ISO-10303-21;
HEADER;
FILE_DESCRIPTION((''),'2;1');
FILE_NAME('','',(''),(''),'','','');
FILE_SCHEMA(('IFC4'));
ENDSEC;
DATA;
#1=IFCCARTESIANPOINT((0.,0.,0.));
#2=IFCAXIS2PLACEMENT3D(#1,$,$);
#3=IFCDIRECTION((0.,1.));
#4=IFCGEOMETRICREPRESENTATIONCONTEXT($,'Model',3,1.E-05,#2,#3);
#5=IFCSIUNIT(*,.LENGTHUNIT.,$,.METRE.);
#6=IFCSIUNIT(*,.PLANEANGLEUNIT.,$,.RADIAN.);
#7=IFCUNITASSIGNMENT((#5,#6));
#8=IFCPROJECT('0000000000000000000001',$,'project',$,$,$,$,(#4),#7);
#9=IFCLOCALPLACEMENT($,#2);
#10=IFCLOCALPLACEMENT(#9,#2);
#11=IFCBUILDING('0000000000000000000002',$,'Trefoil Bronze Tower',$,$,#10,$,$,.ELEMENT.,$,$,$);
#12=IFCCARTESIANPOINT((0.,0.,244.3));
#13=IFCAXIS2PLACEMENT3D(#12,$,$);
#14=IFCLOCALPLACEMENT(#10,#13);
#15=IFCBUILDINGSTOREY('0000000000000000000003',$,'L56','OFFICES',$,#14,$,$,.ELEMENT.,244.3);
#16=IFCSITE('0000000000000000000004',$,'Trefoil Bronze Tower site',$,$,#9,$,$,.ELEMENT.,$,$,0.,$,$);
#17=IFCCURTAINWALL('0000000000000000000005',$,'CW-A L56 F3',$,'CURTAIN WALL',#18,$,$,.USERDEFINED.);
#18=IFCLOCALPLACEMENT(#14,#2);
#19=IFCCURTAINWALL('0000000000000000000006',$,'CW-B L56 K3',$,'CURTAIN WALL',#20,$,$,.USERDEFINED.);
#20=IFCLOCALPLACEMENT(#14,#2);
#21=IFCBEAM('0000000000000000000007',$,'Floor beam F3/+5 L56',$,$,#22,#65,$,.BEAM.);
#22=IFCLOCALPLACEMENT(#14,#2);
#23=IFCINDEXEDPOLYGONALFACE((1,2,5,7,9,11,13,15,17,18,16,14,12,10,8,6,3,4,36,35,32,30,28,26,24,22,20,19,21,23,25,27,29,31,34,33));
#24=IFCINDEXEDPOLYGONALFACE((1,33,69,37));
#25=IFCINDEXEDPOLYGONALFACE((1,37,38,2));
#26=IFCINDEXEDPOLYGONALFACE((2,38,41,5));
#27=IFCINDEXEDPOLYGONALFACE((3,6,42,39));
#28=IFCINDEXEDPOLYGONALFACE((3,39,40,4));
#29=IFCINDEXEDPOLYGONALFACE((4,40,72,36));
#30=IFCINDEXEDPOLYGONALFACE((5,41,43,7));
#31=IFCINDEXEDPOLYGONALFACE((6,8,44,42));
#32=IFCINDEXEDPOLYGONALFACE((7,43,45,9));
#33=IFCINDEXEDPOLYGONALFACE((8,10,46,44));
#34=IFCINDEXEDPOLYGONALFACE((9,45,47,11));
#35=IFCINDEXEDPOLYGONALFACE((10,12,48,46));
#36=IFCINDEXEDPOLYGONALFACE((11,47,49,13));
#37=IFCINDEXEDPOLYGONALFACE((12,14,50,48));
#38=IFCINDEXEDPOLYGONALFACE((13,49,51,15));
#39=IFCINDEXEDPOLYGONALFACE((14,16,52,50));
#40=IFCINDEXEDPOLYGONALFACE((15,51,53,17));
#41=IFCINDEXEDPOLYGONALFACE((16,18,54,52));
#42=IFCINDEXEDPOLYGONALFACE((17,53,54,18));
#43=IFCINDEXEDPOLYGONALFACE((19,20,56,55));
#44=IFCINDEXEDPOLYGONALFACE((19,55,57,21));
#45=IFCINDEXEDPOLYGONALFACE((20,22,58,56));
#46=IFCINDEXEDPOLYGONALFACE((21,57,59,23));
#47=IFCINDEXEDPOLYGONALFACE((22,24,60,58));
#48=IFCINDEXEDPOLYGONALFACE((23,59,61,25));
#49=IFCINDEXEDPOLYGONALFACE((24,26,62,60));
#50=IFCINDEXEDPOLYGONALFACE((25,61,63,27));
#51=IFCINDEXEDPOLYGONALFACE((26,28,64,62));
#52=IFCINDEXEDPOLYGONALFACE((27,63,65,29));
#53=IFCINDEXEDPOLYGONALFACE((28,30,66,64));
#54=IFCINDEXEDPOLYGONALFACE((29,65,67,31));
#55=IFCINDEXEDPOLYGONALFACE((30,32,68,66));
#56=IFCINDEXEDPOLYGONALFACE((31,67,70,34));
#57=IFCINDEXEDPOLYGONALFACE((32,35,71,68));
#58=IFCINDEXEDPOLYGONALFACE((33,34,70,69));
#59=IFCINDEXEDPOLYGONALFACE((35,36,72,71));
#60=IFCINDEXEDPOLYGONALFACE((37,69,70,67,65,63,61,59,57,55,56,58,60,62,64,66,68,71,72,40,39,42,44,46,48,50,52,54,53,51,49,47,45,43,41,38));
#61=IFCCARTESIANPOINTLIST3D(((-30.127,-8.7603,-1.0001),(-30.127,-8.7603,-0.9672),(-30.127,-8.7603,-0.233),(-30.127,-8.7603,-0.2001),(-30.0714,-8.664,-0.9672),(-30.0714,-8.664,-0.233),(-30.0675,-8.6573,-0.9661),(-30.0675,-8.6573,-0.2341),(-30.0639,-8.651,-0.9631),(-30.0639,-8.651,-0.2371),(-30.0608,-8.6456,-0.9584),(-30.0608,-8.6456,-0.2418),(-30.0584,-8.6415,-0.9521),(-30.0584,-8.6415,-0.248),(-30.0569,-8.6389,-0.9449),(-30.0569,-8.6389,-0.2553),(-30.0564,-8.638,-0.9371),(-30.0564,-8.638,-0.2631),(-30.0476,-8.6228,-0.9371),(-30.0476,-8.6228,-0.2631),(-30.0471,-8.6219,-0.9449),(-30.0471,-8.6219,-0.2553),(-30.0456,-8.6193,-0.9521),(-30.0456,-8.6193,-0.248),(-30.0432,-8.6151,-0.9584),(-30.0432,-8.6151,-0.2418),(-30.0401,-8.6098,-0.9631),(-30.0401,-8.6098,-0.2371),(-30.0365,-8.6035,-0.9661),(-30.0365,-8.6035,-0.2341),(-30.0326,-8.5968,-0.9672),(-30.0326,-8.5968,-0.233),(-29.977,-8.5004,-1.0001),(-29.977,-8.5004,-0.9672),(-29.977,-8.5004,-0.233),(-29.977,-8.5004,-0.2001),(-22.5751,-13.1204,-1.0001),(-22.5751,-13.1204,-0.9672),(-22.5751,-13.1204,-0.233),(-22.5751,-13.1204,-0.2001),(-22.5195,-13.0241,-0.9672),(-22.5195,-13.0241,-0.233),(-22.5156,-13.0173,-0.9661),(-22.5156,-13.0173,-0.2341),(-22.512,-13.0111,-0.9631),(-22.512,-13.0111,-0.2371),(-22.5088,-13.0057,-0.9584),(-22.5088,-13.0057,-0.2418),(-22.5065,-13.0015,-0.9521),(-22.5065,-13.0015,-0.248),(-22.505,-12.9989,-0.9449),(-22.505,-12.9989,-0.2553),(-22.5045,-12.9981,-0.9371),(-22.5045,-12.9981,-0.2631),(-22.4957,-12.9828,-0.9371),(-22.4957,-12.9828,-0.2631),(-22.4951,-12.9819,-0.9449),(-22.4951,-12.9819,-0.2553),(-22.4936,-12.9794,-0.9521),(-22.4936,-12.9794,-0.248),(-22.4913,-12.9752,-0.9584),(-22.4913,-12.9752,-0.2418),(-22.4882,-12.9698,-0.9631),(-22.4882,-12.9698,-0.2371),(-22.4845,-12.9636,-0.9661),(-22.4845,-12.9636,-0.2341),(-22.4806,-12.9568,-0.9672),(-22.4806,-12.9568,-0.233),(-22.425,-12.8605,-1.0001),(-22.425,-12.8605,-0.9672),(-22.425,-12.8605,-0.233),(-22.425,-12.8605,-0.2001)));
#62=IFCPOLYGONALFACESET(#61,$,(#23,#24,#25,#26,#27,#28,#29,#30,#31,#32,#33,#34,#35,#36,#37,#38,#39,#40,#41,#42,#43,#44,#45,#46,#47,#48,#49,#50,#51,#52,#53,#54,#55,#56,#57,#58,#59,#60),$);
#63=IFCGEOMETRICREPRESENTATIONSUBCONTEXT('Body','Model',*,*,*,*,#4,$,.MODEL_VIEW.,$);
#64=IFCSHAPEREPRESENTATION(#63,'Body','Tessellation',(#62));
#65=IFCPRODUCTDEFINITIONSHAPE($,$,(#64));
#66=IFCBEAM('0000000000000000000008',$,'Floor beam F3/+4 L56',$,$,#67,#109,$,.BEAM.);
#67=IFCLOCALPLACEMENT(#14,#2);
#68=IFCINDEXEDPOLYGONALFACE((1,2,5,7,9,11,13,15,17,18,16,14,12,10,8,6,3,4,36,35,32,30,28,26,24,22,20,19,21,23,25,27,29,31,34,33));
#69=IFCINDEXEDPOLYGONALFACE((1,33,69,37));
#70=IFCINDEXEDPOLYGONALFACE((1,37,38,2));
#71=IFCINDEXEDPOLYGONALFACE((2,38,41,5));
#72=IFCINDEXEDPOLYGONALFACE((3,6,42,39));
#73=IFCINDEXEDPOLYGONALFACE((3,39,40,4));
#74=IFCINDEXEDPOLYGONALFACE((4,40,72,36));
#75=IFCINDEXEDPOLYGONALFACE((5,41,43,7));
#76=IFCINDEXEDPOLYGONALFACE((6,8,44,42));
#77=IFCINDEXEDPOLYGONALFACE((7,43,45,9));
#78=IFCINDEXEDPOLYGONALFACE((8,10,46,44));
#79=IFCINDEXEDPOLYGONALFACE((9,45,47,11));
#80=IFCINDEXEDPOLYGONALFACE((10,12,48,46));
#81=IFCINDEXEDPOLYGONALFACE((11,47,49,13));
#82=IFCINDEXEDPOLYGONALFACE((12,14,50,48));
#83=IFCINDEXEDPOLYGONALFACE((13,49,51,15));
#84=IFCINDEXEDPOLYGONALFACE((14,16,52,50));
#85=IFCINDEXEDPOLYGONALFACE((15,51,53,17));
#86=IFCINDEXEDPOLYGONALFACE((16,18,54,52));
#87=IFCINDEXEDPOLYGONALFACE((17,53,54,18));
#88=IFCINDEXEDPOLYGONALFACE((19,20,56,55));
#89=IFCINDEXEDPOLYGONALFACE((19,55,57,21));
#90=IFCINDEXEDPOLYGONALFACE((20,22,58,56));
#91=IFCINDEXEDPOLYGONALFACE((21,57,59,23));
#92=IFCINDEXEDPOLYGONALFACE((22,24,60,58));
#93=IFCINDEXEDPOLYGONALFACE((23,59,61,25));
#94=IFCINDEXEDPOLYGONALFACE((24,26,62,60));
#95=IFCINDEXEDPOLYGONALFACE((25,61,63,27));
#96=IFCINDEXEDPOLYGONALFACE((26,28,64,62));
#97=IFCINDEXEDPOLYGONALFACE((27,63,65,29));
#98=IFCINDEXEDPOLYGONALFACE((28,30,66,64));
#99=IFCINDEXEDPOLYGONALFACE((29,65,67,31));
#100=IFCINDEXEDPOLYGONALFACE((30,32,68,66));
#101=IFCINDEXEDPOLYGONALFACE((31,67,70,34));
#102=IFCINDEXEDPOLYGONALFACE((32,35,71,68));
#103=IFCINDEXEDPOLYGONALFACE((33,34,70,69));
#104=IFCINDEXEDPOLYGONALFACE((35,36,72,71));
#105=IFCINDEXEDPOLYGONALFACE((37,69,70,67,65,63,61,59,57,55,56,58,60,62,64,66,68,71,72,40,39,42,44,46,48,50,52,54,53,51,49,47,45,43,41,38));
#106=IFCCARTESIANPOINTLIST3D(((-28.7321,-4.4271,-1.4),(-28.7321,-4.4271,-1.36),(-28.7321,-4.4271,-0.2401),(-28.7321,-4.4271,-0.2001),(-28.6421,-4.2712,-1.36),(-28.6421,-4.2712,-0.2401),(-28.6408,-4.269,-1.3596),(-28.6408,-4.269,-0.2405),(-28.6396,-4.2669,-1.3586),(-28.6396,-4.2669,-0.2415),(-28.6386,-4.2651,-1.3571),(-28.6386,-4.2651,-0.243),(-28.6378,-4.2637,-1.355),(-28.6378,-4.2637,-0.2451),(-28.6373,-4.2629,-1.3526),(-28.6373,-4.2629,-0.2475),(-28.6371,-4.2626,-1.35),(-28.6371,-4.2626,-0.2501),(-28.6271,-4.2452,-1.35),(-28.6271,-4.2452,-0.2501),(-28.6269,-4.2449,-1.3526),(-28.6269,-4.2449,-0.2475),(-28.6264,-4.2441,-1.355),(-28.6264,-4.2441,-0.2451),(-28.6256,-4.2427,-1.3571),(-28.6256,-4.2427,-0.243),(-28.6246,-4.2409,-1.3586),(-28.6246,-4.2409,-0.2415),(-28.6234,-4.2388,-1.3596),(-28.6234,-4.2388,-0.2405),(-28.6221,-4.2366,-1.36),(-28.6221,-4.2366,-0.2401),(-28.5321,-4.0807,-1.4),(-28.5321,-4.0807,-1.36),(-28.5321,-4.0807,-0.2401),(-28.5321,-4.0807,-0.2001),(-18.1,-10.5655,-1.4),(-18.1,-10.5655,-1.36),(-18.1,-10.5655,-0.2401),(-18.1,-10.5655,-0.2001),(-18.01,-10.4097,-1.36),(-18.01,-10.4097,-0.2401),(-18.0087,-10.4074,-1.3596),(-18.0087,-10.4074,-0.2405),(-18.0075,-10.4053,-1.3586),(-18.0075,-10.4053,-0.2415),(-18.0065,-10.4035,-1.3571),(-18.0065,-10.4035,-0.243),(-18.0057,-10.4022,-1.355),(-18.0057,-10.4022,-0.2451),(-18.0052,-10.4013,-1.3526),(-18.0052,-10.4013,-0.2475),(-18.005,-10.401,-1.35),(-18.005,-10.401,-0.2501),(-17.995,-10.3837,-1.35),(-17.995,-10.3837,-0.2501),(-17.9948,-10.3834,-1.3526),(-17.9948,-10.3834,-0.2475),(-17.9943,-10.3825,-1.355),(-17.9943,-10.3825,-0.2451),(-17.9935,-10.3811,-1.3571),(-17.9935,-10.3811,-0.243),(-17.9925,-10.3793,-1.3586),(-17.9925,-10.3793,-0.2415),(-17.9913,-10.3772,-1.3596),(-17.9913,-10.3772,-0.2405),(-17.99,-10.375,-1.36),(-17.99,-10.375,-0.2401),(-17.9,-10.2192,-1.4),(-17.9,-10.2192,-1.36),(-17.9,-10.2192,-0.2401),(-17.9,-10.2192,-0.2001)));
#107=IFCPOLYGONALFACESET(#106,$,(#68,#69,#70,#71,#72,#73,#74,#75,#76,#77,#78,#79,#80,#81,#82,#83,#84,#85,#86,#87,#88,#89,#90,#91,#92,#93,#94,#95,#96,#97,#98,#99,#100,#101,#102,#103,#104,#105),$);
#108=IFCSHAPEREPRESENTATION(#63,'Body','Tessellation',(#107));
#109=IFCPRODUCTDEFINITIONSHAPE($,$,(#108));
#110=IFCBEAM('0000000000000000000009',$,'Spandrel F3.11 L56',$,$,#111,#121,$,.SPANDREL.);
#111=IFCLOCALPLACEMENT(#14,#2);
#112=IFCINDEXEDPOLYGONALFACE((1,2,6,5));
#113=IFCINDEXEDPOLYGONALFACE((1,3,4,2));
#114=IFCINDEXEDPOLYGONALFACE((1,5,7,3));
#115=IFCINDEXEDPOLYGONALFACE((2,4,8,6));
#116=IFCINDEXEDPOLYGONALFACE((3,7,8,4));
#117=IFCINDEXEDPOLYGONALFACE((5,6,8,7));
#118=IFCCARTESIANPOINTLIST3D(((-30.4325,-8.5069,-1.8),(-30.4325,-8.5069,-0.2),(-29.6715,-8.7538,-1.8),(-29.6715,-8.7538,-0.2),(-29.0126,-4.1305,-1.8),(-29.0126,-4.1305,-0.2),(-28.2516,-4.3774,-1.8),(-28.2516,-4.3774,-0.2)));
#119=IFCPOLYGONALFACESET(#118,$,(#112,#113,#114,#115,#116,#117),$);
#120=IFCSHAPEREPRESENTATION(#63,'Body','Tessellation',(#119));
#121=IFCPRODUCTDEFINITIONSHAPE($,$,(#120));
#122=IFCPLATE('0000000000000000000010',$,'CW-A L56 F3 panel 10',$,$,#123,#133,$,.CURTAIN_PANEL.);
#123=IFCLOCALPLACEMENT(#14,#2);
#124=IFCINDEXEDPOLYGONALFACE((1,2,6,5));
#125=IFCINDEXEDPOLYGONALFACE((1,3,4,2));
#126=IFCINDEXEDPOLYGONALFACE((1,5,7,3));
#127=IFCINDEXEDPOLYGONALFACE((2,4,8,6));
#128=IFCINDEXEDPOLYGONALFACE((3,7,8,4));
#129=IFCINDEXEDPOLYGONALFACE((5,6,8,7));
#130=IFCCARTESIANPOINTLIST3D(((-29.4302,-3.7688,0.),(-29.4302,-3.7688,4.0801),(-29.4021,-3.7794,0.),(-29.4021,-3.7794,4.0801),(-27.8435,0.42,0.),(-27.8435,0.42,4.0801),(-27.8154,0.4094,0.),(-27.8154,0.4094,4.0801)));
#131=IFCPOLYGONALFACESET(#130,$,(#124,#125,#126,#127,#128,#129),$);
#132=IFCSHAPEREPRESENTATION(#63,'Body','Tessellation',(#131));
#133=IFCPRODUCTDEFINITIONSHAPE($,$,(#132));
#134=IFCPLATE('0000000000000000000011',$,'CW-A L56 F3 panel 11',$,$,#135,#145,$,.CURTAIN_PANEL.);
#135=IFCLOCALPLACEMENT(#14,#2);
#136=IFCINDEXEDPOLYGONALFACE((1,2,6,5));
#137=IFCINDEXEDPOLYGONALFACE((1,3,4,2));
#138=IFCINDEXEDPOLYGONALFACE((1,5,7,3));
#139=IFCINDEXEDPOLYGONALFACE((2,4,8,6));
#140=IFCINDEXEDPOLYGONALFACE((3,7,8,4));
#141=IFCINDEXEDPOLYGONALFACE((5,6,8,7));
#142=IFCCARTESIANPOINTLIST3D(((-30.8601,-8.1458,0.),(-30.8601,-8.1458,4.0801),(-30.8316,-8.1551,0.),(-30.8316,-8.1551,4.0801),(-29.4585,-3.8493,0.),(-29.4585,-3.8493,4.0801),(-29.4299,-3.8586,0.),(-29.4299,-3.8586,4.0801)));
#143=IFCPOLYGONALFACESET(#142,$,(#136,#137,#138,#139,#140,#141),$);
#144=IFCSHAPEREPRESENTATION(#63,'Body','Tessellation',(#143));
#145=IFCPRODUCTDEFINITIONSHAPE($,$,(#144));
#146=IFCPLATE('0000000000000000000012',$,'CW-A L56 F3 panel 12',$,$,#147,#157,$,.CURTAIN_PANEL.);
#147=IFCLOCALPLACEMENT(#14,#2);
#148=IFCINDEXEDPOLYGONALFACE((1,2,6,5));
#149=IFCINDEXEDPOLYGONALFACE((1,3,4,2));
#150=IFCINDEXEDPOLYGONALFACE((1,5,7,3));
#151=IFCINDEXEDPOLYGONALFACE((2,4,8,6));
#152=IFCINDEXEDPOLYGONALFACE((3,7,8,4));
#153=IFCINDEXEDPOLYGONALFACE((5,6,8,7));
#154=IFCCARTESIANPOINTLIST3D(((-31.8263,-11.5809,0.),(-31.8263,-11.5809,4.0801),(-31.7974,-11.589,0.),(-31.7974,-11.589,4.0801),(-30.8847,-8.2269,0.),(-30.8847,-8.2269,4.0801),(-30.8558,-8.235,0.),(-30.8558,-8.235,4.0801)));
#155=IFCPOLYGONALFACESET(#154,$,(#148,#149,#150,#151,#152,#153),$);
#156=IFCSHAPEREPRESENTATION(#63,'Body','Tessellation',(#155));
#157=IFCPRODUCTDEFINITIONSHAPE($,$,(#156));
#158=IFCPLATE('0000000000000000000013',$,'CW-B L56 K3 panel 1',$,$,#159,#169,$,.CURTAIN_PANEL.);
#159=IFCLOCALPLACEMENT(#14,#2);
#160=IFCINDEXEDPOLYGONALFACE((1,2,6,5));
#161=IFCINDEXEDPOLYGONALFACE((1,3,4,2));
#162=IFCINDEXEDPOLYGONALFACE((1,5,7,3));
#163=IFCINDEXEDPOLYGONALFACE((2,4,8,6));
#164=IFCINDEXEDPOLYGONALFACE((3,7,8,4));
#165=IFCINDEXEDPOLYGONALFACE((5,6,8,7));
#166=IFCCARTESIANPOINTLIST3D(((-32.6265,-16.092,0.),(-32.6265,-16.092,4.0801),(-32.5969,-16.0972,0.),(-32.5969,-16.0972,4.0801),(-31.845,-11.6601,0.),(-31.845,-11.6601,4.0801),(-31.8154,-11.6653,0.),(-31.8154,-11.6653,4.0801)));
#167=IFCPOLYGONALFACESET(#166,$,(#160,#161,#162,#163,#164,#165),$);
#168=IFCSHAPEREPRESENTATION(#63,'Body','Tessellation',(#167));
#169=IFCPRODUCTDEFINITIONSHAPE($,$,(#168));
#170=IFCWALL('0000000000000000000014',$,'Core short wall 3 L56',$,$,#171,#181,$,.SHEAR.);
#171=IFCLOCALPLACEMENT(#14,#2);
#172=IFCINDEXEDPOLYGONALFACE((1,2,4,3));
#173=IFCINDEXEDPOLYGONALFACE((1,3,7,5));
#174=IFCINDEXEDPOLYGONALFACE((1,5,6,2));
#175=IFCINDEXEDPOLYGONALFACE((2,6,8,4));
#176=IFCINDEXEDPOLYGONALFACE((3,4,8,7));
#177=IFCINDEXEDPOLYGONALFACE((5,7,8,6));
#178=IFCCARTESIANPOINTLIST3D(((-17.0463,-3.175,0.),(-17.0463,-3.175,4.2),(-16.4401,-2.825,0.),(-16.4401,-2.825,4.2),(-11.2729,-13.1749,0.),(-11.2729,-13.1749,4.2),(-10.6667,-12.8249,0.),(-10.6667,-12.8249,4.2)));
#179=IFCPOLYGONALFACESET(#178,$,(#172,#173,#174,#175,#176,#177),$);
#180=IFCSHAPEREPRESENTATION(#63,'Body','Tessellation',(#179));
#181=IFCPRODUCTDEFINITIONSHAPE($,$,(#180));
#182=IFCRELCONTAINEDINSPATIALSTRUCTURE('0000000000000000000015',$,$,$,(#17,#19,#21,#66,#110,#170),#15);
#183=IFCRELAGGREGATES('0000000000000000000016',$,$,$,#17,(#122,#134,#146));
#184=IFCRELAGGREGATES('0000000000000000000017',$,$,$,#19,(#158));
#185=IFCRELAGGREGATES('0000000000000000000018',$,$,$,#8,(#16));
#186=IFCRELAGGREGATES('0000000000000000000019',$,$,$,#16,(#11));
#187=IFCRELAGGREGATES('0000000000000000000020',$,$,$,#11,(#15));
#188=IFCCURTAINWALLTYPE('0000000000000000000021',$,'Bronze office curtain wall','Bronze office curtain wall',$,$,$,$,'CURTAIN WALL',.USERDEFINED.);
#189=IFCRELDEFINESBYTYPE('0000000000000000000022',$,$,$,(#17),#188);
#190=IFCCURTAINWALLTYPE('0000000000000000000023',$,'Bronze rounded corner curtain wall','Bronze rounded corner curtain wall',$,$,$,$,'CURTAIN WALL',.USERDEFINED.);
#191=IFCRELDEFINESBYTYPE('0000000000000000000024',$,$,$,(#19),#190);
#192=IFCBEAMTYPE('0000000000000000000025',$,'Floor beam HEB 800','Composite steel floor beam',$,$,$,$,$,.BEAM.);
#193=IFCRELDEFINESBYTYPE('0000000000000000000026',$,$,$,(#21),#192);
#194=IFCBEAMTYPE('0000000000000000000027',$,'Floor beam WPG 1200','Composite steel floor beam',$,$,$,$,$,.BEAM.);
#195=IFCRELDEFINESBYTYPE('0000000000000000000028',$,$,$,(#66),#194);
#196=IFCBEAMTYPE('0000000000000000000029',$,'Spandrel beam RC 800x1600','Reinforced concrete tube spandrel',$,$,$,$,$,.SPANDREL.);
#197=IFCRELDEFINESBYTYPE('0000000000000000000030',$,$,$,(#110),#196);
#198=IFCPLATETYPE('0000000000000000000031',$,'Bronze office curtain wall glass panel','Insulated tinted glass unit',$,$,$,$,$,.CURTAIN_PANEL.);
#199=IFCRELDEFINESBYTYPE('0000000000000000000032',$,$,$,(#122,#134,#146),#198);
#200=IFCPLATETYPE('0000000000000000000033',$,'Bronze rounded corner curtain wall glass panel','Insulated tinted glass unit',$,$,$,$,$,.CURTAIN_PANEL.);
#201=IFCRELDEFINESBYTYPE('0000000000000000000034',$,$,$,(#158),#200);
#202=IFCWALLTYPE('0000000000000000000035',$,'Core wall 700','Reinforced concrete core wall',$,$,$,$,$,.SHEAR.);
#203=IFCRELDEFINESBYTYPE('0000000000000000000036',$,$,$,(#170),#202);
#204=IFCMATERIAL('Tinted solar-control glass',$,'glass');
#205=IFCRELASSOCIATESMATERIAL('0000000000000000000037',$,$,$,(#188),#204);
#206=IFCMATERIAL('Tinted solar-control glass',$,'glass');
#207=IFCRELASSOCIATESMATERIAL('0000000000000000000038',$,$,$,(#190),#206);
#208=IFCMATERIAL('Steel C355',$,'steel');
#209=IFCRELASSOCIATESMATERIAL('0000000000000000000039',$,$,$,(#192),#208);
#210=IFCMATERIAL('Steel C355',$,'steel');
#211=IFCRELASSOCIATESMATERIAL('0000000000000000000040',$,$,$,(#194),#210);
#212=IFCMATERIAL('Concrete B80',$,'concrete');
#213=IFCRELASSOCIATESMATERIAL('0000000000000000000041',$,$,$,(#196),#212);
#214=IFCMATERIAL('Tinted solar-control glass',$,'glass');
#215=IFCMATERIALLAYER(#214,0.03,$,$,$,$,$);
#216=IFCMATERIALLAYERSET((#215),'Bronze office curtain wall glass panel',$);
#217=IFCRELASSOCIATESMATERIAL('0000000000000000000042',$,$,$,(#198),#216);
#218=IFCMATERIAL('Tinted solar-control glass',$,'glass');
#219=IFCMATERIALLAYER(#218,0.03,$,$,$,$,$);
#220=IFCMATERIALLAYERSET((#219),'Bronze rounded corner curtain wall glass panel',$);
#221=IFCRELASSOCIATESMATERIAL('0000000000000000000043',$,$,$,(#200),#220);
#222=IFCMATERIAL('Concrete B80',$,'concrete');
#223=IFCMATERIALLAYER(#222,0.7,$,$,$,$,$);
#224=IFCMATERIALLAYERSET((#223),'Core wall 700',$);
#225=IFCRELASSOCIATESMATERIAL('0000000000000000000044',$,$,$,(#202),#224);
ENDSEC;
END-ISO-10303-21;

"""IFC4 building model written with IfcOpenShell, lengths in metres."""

from ifc_helpers import new_model, si_unit, direction, frame, frame_2d, origin, origin_2d, place, context, subcontext, project, spatial, rectangle, i_section, extrude, material, layer, layer_set, material_profile, profile_set, type_object, element, aggregate, save


model = new_model("IFC4")

# Units and contexts
model_context = context("Model", 3, precision=1e-05, world=origin(), true_north=direction((0.0, 1.0)))
body_context = subcontext(model_context, "Body", "Model", "MODEL_VIEW")
ifc_project = project(units=[si_unit("LENGTHUNIT", "METRE"), si_unit("PLANEANGLEUNIT", "RADIAN")], contexts=[model_context])

# Site, building, storey
site_placement = place(None, origin())
site = spatial("IfcSite", under=ifc_project, at=site_placement, Name="Trefoil Bronze Tower site", CompositionType="ELEMENT", RefElevation=0.0)
building_placement = place(site_placement, origin())
building = spatial("IfcBuilding", under=site, at=building_placement, Name="Trefoil Bronze Tower", CompositionType="ELEMENT")
storey_placement = place(building_placement, frame((0.0, 0.0, 244.3)))
storey = spatial("IfcBuildingStorey", under=building, at=storey_placement, Name="L56", Description="OFFICES", CompositionType="ELEMENT", Elevation=244.3)

# Curtain walls
ifc_material_1 = material(Name="Tinted solar-control glass", Category="glass")
curtain_wall_type_1 = type_object("IfcCurtainWallType", Name="Bronze office curtain wall", Description="Bronze office curtain wall", ElementType="CURTAIN WALL", PredefinedType="USERDEFINED", material=ifc_material_1)
curtain_wall_1_placement = place(storey_placement, origin())
curtain_wall_1 = element("IfcCurtainWall", 1, at=curtain_wall_1_placement, inside=storey, type_object=curtain_wall_type_1, Name="CW-A L56 F3", ObjectType="CURTAIN WALL", PredefinedType="USERDEFINED")
ifc_material_2 = material(Name="Tinted solar-control glass", Category="glass")
curtain_wall_type_2 = type_object("IfcCurtainWallType", Name="Bronze rounded corner curtain wall", Description="Bronze rounded corner curtain wall", ElementType="CURTAIN WALL", PredefinedType="USERDEFINED", material=ifc_material_2)
curtain_wall_2_placement = place(storey_placement, origin())
curtain_wall_2 = element("IfcCurtainWall", 2, at=curtain_wall_2_placement, inside=storey, type_object=curtain_wall_type_2, Name="CW-B L56 K3", ObjectType="CURTAIN WALL", PredefinedType="USERDEFINED")

# Beams
ifc_material_3 = material(Name="Steel C355", Category="steel")
ifc_material_profile_1 = material_profile(ifc_material_3, i_section(OverallWidth=0.3, OverallDepth=0.8, WebThickness=0.0176, FlangeThickness=0.033, FilletRadius=0.03, at=origin_2d()), Name="HEB 800")
ifc_profile_set_1 = profile_set([ifc_material_profile_1], Name="Steel C355")
beam_type_1 = type_object("IfcBeamType", Name="Floor beam HEB 800", Description="Composite steel floor beam", PredefinedType="BEAM", material=ifc_profile_set_1)
beam_1_placement = place(storey_placement, frame((-30.052, -8.6304, -0.6001), z_axis=(0.866028, -0.499996, 0.0), x_axis=(0.499996, 0.866028, 0.0)))
element("IfcBeam", 3, at=beam_1_placement, inside=storey, type_object=beam_type_1, Name="Floor beam F3/+5 L56", PredefinedType="BEAM", context=body_context, shape_type="SweptSolid", body=[
    extrude(i_section(OverallWidth=0.3, OverallDepth=0.8, WebThickness=0.0176, FlangeThickness=0.033, FilletRadius=0.03, at=origin_2d()), origin(), (0.0, 0.0, 1.0), 8.7202),
])
ifc_material_4 = material(Name="Steel C355", Category="steel")
ifc_material_profile_2 = material_profile(ifc_material_4, i_section(OverallWidth=0.3999, OverallDepth=1.2, WebThickness=0.02, FlangeThickness=0.04, FilletRadius=0.01, at=origin_2d()), Name="WPG 1200")
ifc_profile_set_2 = profile_set([ifc_material_profile_2], Name="Steel C355")
beam_type_2 = type_object("IfcBeamType", Name="Floor beam WPG 1200", Description="Composite steel floor beam", PredefinedType="BEAM", material=ifc_profile_set_2)
beam_2_placement = place(storey_placement, frame((-28.6321, -4.2539, -0.8), z_axis=(0.866026, -0.5, 0.0), x_axis=(0.5, 0.866026, 0.0)))
element("IfcBeam", 4, at=beam_2_placement, inside=storey, type_object=beam_type_2, Name="Floor beam F3/+4 L56", PredefinedType="BEAM", context=body_context, shape_type="SweptSolid", body=[
    extrude(i_section(OverallWidth=0.3999, OverallDepth=1.2, WebThickness=0.02, FlangeThickness=0.04, FilletRadius=0.01, at=origin_2d()), origin(), (0.0, 0.0, 1.0), 12.2769),
])
ifc_material_5 = material(Name="Concrete B80", Category="concrete")
ifc_material_profile_3 = material_profile(ifc_material_5, rectangle(XDim=0.8, YDim=1.6001, at=origin_2d()), Name="RC 800x1600")
ifc_profile_set_3 = profile_set([ifc_material_profile_3], Name="Concrete B80")
beam_type_3 = type_object("IfcBeamType", Name="Spandrel beam RC 800x1600", Description="Reinforced concrete tube spandrel", PredefinedType="SPANDREL", material=ifc_profile_set_3)
beam_3_placement = place(storey_placement, frame((-28.6321, -4.2539, -1.0), z_axis=(-0.308609, -0.951189, 0.0), x_axis=(0.951189, -0.308609, 0.0)))
element("IfcBeam", 5, at=beam_3_placement, inside=storey, type_object=beam_type_3, Name="Spandrel F3.11 L56", PredefinedType="SPANDREL", context=body_context, shape_type="SweptSolid", body=[
    extrude(rectangle(XDim=0.8, YDim=1.6001, at=origin_2d()), origin(), (0.0, 0.0, 1.0), 4.6011),
])

# Plates
ifc_material_6 = material(Name="Tinted solar-control glass", Category="glass")
ifc_layer_1 = layer(ifc_material_6, 0.03)
ifc_layer_set_1 = layer_set([ifc_layer_1], Name="Bronze office curtain wall glass panel")
plate_type_1 = type_object("IfcPlateType", Name="Bronze office curtain wall glass panel", Description="Insulated tinted glass unit", PredefinedType="CURTAIN_PANEL", material=ifc_layer_set_1)
plate_1_placement = place(storey_placement, frame((-28.6228, -1.6797, 0.0), z_axis=(0.0, 0.0, 1.0), x_axis=(-0.354234, -0.935157, 0.0)))
plate_1 = element("IfcPlate", 6, at=plate_1_placement, type_object=plate_type_1, Name="CW-A L56 F3 panel 10", PredefinedType="CURTAIN_PANEL", context=body_context, shape_type="SweptSolid", body=[
    extrude(rectangle(XDim=4.4792, YDim=0.03, at=origin_2d()), origin(), (0.0, 0.0, 1.0), 4.0801),
])
plate_2_placement = place(storey_placement, frame((-30.145, -6.0022, 0.0), z_axis=(0.0, 0.0, 1.0), x_axis=(-0.310149, -0.950688, 0.0)))
plate_2 = element("IfcPlate", 7, at=plate_2_placement, type_object=plate_type_1, Name="CW-A L56 F3 panel 11", PredefinedType="CURTAIN_PANEL", context=body_context, shape_type="SweptSolid", body=[
    extrude(rectangle(XDim=4.5193, YDim=0.03, at=origin_2d()), origin(), (0.0, 0.0, 1.0), 4.0801),
])
plate_3_placement = place(storey_placement, frame((-31.3411, -9.908, 0.0), z_axis=(0.0, 0.0, 1.0), x_axis=(-0.270282, -0.962781, 0.0)))
plate_3 = element("IfcPlate", 8, at=plate_3_placement, type_object=plate_type_1, Name="CW-A L56 F3 panel 12", PredefinedType="CURTAIN_PANEL", context=body_context, shape_type="SweptSolid", body=[
    extrude(rectangle(XDim=3.4836, YDim=0.03, at=origin_2d()), origin(), (0.0, 0.0, 1.0), 4.0801),
])
aggregate(curtain_wall_1, [plate_1, plate_2, plate_3])
ifc_material_7 = material(Name="Tinted solar-control glass", Category="glass")
ifc_layer_2 = layer(ifc_material_7, 0.03)
ifc_layer_set_2 = layer_set([ifc_layer_2], Name="Bronze rounded corner curtain wall glass panel")
plate_type_2 = type_object("IfcPlateType", Name="Bronze rounded corner curtain wall glass panel", Description="Insulated tinted glass unit", PredefinedType="CURTAIN_PANEL", material=ifc_layer_set_2)
plate_4_placement = place(storey_placement, frame((-32.2209, -13.8787, 0.0), z_axis=(0.0, 0.0, 1.0), x_axis=(-0.173648, -0.984808, 0.0)))
plate_4 = element("IfcPlate", 9, at=plate_4_placement, type_object=plate_type_2, Name="CW-B L56 K3 panel 1", PredefinedType="CURTAIN_PANEL", context=body_context, shape_type="SweptSolid", body=[
    extrude(rectangle(XDim=4.5002, YDim=0.03, at=origin_2d()), origin(), (0.0, 0.0, 1.0), 4.0801),
])
aggregate(curtain_wall_2, [plate_4])

# Wall
ifc_material_8 = material(Name="Concrete B80", Category="concrete")
ifc_layer_3 = layer(ifc_material_8, 0.7)
ifc_layer_set_3 = layer_set([ifc_layer_3], Name="Core wall 700")
wall_type_1 = type_object("IfcWallType", Name="Core wall 700", Description="Reinforced concrete core wall", PredefinedType="SHEAR", material=ifc_layer_set_3)
wall_1_placement = place(storey_placement, frame((-16.7432, -3.0, 0.0), z_axis=(0.0, 0.0, 1.0), x_axis=(0.499996, -0.866028, 0.0)))
element("IfcWall", 10, at=wall_1_placement, inside=storey, type_object=wall_type_1, Name="Core short wall 3 L56", PredefinedType="SHEAR", context=body_context, shape_type="SweptSolid", body=[
    extrude(rectangle(XDim=11.5469, YDim=0.7, at=frame_2d((5.7734, 0.0))), origin(), (0.0, 0.0, 1.0), 4.2),
])

save(model, "model.ifc")
